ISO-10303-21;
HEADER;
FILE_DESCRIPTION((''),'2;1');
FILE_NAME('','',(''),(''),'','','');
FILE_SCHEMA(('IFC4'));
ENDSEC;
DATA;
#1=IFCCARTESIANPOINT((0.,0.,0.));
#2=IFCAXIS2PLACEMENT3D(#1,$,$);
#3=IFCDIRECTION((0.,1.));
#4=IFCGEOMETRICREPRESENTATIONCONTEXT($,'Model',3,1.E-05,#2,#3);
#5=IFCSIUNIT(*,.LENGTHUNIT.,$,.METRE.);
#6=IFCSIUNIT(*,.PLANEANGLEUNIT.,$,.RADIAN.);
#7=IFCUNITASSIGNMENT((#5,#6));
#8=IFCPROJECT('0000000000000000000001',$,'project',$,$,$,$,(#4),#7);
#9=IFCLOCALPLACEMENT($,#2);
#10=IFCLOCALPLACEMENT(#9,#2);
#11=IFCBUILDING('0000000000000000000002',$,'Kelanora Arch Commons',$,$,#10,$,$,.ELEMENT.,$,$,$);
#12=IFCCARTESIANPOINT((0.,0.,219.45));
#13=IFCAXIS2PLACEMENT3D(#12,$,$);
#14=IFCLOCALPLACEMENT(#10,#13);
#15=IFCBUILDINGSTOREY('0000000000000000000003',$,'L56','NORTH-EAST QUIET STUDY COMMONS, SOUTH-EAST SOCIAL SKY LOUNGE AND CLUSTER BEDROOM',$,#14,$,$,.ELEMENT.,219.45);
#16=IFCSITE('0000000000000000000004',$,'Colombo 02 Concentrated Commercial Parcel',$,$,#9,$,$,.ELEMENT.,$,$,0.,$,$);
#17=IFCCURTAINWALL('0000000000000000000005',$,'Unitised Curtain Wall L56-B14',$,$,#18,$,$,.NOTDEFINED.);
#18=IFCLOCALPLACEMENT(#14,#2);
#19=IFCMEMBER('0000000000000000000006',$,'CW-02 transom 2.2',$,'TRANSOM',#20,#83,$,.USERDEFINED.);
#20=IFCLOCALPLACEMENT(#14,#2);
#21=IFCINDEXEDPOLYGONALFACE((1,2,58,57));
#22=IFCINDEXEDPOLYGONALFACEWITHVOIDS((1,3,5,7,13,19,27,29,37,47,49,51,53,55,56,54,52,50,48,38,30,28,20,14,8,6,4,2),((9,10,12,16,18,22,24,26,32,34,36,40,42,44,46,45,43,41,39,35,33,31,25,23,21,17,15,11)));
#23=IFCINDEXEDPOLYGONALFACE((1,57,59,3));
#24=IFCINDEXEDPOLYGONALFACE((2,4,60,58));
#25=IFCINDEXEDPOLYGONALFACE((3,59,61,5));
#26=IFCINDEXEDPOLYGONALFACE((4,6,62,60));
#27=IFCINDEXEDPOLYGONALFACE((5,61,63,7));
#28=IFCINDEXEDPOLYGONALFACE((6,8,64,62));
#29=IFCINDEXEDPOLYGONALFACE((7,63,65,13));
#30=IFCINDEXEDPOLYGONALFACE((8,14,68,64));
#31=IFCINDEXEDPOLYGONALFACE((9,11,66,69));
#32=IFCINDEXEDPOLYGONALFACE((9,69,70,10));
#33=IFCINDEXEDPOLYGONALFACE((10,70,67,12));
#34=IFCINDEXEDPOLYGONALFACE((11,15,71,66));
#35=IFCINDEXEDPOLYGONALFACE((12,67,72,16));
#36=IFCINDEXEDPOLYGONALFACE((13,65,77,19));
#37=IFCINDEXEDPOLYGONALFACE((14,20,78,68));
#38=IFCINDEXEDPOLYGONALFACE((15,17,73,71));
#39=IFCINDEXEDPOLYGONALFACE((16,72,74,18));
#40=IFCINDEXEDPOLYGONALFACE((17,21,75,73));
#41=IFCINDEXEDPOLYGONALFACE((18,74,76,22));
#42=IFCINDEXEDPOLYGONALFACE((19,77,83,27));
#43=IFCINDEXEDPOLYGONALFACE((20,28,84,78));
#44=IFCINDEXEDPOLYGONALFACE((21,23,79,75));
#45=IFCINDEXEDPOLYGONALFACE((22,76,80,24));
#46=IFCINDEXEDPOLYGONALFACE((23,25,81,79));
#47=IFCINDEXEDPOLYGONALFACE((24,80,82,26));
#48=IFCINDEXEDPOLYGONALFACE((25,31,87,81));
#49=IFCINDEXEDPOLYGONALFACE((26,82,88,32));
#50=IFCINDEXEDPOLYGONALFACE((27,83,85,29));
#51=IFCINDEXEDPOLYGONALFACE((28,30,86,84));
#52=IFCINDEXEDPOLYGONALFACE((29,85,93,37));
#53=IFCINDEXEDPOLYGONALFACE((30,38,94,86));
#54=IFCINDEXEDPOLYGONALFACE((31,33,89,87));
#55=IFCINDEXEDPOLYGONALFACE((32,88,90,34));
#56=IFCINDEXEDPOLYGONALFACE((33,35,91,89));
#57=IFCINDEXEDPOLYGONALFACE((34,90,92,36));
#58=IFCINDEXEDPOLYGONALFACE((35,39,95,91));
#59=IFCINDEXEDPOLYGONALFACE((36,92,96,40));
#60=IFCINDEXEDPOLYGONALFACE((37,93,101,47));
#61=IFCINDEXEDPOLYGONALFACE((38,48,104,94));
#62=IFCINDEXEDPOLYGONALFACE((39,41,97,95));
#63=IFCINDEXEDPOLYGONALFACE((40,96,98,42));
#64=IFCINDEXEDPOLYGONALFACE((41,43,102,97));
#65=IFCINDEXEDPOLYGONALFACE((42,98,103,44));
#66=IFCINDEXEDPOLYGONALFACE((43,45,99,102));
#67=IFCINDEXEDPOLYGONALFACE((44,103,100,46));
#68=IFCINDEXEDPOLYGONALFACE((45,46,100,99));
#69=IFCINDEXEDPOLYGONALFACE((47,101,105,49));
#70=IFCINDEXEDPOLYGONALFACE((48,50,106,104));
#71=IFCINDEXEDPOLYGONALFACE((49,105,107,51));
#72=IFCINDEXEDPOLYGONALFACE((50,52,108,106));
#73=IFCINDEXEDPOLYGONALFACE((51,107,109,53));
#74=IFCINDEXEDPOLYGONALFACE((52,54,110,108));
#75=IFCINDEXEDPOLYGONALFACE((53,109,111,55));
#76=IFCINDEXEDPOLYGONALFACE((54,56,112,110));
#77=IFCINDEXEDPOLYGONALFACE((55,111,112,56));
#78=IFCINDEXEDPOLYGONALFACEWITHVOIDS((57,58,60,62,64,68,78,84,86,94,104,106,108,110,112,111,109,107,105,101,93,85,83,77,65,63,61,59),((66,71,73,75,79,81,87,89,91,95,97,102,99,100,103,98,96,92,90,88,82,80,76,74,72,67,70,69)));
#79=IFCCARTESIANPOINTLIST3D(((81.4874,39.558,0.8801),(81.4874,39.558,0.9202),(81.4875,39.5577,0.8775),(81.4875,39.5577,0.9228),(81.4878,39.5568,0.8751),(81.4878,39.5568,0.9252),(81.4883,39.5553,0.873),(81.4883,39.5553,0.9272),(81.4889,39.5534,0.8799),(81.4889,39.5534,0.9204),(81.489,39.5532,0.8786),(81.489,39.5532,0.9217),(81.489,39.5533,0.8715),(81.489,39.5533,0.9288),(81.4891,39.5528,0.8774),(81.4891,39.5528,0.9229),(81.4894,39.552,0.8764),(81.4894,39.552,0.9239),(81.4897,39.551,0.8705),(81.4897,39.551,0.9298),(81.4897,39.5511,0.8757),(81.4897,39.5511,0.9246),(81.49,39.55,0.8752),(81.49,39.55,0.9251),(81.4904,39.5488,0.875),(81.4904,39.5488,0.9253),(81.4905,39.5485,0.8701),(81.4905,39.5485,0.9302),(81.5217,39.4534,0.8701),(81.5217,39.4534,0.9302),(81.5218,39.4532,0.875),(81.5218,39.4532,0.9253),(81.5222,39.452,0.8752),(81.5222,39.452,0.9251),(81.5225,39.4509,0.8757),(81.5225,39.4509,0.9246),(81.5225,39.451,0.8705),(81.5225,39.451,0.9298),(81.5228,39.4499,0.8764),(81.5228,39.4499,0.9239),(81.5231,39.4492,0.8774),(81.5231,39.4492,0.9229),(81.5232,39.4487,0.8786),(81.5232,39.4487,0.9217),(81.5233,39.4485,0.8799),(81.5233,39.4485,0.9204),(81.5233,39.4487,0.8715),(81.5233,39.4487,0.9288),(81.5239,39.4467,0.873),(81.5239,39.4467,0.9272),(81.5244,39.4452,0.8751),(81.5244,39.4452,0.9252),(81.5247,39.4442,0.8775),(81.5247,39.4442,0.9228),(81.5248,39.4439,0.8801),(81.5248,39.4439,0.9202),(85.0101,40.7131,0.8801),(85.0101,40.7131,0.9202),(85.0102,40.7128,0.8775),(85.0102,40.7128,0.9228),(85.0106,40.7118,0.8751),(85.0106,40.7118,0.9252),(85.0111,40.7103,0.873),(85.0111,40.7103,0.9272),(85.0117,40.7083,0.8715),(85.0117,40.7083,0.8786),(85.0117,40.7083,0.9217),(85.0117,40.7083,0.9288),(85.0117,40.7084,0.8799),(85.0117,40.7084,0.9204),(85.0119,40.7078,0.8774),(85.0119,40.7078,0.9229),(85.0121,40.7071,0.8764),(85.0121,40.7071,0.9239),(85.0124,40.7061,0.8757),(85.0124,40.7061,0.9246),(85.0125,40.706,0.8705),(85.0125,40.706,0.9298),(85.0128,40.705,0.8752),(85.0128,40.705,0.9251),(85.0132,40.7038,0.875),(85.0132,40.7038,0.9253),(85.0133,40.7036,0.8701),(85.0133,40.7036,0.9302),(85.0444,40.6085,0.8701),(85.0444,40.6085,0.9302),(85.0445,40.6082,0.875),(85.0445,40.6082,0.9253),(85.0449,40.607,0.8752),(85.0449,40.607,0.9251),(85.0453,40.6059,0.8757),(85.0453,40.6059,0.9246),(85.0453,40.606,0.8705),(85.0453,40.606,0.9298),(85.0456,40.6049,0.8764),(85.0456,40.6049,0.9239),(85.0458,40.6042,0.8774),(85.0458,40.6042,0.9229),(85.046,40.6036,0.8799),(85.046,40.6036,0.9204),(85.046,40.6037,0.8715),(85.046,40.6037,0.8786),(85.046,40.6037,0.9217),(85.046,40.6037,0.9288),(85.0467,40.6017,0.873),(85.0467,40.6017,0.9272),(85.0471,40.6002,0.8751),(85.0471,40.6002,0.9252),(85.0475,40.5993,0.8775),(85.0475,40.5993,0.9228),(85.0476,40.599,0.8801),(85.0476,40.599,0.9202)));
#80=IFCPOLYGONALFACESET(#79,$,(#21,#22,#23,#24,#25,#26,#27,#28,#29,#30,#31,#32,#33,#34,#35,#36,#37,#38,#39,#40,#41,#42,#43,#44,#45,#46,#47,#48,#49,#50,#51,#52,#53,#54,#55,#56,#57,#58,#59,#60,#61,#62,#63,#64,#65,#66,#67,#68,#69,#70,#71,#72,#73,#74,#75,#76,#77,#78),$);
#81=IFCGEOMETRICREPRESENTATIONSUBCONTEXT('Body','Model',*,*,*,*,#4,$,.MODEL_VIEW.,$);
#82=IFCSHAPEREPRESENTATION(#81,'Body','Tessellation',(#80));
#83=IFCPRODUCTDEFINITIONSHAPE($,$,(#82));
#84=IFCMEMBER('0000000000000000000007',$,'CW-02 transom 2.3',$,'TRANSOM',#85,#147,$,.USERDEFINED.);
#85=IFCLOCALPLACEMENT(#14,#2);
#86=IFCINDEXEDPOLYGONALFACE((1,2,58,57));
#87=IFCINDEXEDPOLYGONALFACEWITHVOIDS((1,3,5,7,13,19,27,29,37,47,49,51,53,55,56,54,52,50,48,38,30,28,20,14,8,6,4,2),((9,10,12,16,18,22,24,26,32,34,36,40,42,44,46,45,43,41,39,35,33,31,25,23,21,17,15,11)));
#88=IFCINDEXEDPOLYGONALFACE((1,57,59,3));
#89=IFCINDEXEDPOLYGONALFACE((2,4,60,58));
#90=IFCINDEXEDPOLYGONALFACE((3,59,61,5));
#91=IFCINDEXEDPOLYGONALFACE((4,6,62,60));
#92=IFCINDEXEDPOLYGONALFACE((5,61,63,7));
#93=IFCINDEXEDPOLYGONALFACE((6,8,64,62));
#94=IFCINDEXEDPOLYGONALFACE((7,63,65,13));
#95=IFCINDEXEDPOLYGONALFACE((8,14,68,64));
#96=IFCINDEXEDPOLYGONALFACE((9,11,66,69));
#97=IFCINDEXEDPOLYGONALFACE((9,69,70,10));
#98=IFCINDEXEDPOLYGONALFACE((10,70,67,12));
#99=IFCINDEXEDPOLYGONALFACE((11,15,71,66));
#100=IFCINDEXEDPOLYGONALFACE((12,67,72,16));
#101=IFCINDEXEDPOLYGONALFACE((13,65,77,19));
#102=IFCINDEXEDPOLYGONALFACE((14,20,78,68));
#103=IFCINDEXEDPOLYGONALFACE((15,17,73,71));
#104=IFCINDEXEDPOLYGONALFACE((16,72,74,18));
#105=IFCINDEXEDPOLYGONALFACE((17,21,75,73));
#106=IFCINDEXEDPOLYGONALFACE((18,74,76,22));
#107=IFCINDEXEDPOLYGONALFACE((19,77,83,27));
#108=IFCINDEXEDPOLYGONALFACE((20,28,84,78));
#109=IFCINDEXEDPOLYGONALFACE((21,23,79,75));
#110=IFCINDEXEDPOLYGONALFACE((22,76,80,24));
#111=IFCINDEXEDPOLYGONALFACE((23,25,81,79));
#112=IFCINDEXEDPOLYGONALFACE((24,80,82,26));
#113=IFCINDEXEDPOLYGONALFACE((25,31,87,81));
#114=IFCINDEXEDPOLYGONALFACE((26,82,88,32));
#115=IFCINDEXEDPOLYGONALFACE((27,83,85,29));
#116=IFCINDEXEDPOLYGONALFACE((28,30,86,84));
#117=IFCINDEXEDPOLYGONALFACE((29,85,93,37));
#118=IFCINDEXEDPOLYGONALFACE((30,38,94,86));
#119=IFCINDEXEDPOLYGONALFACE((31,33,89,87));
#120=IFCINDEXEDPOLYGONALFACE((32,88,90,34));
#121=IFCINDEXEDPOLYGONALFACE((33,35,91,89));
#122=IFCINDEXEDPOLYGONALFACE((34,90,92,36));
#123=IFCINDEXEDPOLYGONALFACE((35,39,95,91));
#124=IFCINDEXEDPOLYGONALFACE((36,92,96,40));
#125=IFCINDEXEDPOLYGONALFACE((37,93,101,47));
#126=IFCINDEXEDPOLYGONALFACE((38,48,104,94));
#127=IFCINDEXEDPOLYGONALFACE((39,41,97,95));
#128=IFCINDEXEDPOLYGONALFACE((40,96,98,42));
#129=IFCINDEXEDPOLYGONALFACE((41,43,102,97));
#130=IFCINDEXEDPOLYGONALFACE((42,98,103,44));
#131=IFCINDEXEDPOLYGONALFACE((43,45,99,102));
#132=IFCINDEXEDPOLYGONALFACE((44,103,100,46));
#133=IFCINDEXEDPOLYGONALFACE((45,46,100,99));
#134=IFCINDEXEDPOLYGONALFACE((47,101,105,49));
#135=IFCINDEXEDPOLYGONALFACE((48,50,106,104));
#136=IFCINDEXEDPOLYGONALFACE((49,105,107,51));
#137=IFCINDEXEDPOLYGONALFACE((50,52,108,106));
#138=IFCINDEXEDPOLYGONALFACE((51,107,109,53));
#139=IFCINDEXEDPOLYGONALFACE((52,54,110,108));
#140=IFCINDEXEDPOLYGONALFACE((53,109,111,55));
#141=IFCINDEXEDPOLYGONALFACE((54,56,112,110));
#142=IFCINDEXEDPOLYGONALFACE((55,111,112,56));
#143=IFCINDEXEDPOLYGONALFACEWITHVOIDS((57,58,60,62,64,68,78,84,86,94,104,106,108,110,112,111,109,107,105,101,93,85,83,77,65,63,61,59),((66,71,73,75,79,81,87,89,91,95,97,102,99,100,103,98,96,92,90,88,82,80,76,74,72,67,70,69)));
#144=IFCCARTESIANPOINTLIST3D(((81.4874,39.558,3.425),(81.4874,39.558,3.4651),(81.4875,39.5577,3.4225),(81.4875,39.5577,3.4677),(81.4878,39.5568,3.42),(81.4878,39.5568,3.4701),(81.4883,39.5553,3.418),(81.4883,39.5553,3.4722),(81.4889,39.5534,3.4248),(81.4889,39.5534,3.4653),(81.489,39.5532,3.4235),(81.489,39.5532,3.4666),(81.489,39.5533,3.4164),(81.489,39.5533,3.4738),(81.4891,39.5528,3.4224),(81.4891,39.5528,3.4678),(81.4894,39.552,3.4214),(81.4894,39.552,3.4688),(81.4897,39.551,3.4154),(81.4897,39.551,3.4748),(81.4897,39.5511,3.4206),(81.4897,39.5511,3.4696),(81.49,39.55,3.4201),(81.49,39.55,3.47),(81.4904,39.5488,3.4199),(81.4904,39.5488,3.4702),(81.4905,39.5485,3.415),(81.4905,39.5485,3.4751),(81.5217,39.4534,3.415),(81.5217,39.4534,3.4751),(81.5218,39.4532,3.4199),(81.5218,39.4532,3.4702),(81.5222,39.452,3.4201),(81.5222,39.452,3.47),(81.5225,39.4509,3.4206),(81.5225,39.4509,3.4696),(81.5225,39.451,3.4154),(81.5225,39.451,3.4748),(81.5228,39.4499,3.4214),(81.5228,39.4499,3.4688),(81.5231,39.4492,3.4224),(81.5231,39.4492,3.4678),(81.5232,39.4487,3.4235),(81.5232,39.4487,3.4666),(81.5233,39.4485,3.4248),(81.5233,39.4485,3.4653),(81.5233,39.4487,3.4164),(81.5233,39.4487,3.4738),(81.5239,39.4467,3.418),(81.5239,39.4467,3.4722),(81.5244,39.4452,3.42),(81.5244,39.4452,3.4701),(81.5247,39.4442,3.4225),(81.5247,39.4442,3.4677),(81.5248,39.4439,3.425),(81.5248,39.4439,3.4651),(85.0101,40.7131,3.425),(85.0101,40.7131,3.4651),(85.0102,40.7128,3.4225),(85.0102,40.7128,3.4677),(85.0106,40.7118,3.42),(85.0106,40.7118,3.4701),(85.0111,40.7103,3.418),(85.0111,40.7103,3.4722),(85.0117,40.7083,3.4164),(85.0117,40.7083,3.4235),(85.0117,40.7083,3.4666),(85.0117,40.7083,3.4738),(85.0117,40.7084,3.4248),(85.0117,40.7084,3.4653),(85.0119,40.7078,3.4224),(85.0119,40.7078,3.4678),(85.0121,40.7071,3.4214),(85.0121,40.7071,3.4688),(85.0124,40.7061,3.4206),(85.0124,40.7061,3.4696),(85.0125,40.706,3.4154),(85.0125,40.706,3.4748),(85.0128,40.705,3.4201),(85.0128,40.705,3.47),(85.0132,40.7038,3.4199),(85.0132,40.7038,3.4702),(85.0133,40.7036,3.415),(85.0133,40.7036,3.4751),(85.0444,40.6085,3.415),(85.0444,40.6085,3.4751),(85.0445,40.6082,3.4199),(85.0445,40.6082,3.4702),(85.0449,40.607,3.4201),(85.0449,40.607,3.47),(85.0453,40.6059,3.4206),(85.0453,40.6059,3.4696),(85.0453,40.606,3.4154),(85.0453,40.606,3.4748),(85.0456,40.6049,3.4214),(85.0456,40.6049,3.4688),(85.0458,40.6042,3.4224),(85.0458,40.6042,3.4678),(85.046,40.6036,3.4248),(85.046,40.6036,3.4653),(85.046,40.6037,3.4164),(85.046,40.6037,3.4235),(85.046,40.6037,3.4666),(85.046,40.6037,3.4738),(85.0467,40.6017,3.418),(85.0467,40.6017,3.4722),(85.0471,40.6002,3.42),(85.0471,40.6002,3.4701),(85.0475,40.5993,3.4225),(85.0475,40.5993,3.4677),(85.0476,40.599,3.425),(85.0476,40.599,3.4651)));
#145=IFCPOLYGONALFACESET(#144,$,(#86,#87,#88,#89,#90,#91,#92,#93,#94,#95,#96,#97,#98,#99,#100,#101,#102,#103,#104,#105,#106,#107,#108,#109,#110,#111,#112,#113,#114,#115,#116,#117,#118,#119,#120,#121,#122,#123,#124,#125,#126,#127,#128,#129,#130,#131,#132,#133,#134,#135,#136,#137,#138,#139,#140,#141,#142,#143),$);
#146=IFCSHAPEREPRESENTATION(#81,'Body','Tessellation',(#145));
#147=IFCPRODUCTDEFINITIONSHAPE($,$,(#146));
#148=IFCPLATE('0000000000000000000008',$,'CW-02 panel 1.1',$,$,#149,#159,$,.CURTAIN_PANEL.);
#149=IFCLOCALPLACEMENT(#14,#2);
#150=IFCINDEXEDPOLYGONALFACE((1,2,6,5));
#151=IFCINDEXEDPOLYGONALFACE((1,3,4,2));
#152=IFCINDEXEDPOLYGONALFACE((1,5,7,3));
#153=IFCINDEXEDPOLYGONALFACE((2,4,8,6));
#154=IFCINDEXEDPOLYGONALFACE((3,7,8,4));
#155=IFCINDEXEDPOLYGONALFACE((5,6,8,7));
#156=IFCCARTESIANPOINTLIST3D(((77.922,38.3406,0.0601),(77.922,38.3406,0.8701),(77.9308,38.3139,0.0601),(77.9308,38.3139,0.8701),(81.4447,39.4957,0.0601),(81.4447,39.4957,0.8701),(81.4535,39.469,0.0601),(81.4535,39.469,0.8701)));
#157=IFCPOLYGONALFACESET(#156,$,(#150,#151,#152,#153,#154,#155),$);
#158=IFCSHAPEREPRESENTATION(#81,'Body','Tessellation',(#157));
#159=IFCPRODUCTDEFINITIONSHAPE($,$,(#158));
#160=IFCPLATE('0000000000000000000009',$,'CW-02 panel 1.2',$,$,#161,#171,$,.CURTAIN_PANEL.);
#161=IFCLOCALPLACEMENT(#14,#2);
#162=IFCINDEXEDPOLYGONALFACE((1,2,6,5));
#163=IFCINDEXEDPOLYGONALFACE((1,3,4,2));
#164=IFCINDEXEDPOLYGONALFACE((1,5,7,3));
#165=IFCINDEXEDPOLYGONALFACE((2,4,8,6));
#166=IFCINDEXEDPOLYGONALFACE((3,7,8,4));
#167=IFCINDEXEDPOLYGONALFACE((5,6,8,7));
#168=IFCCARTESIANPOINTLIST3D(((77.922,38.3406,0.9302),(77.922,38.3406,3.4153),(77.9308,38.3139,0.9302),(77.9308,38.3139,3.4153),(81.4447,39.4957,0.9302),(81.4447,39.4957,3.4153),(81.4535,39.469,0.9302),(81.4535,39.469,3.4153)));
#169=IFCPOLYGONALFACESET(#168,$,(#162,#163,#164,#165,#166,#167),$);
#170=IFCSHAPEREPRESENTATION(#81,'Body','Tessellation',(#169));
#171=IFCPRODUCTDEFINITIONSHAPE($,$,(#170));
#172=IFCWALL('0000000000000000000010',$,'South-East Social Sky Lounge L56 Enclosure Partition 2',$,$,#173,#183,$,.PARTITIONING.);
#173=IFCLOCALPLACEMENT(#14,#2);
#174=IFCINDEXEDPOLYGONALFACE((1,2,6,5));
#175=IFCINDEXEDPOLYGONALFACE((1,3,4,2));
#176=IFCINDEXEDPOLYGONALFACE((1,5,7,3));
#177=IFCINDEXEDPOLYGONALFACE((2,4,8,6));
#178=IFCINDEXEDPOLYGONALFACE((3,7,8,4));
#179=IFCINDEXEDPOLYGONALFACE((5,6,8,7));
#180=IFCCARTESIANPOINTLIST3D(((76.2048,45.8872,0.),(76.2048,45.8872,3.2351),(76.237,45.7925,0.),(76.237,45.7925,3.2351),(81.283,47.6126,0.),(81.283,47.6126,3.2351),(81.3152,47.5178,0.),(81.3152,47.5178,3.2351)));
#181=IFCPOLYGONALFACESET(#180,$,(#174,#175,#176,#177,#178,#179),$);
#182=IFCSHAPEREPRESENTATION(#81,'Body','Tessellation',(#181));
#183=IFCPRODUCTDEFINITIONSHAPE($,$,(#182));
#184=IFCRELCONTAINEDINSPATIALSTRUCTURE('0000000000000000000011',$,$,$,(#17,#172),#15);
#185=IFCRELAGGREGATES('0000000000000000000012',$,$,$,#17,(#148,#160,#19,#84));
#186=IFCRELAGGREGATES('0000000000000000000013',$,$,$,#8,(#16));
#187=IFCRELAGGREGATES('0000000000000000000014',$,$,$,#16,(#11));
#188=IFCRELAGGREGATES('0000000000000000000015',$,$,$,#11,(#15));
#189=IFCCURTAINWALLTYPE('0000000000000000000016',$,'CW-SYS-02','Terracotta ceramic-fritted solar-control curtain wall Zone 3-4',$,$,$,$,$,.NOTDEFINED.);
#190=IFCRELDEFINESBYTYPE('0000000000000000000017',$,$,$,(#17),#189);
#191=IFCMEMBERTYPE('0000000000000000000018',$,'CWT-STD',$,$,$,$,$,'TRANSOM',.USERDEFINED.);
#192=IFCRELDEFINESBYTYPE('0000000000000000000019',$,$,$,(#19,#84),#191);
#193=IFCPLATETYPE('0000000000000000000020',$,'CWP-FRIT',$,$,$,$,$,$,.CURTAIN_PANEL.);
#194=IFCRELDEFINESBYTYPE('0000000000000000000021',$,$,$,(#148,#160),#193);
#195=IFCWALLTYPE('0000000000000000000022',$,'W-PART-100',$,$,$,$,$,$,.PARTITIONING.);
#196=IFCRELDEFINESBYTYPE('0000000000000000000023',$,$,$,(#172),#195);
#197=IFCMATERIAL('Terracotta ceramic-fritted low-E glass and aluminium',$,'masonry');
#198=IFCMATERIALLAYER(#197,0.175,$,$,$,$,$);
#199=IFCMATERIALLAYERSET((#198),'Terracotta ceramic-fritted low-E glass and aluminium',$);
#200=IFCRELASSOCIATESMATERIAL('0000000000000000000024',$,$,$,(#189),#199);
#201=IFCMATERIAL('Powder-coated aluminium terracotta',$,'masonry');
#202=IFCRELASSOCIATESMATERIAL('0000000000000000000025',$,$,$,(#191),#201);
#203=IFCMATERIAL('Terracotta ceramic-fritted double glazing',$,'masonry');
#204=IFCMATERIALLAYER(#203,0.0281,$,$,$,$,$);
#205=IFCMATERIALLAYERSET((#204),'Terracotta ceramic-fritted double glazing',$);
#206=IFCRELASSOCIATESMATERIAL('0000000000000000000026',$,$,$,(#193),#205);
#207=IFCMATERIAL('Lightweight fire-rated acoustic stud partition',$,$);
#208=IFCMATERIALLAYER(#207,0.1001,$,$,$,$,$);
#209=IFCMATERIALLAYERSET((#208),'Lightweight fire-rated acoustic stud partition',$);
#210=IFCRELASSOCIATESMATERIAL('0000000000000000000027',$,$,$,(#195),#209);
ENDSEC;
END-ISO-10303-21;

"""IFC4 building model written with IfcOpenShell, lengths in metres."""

from ifc_helpers import new_model, si_unit, direction, frame, frame_2d, origin, origin_2d, place, context, subcontext, project, spatial, rectangle, hollow_rectangle, extrude, source, transform, mapped, material, layer, layer_set, material_profile, profile_set, type_object, element, aggregate, save


model = new_model("IFC4")

# Units and contexts
model_context = context("Model", 3, precision=1e-05, world=origin(), true_north=direction((0.0, 1.0)))
body_context = subcontext(model_context, "Body", "Model", "MODEL_VIEW")
ifc_project = project(units=[si_unit("LENGTHUNIT", "METRE"), si_unit("PLANEANGLEUNIT", "RADIAN")], contexts=[model_context])

# Site, building, storey
site_placement = place(None, origin())
site = spatial("IfcSite", under=ifc_project, at=site_placement, Name="Colombo 02 Concentrated Commercial Parcel", CompositionType="ELEMENT", RefElevation=0.0)
building_placement = place(site_placement, origin())
building = spatial("IfcBuilding", under=site, at=building_placement, Name="Kelanora Arch Commons", CompositionType="ELEMENT")
storey_placement = place(building_placement, frame((0.0, 0.0, 219.45)))
storey = spatial("IfcBuildingStorey", under=building, at=storey_placement, Name="L56", Description="NORTH-EAST QUIET STUDY COMMONS, SOUTH-EAST SOCIAL SKY LOUNGE AND CLUSTER BEDROOM", CompositionType="ELEMENT", Elevation=219.45)

# Curtain wall, members, plates
ifc_material_1 = material(Name="Terracotta ceramic-fritted low-E glass and aluminium", Category="masonry")
ifc_layer_1 = layer(ifc_material_1, 0.175)
ifc_layer_set_1 = layer_set([ifc_layer_1], Name="Terracotta ceramic-fritted low-E glass and aluminium")
curtain_wall_type = type_object("IfcCurtainWallType", Name="CW-SYS-02", Description="Terracotta ceramic-fritted solar-control curtain wall Zone 3-4", PredefinedType="NOTDEFINED", material=ifc_layer_set_1)
curtain_wall_placement = place(storey_placement, origin())
curtain_wall = element("IfcCurtainWall", 1, at=curtain_wall_placement, inside=storey, type_object=curtain_wall_type, Name="Unitised Curtain Wall L56-B14", PredefinedType="NOTDEFINED")
ifc_material_2 = material(Name="Powder-coated aluminium terracotta", Category="masonry")
ifc_material_profile_1 = material_profile(ifc_material_2, hollow_rectangle(XDim=0.1201, YDim=0.0601, WallThickness=0.0049, InnerFilletRadius=0.0049, OuterFilletRadius=0.01, at=origin_2d()), Name="CWT120x60")
ifc_profile_set_1 = profile_set([ifc_material_profile_1], Name="Powder-coated aluminium terracotta")
member_type_1 = type_object("IfcMemberType", Name="CWT-STD", ElementType="TRANSOM", PredefinedType="USERDEFINED", material=ifc_profile_set_1)
member_1_placement = place(storey_placement, frame((81.5061, 39.501, 0.9001), z_axis=(0.950226, 0.311561, 0.0), x_axis=(-0.311561, 0.950226, 0.0)))
member_1 = element("IfcMember", 2, at=member_1_placement, type_object=member_type_1, Name="CW-02 transom 2.2", ObjectType="TRANSOM", PredefinedType="USERDEFINED", context=body_context, shape_type="SweptSolid", body=[
    extrude(hollow_rectangle(XDim=0.1201, YDim=0.0601, WallThickness=0.0049, InnerFilletRadius=0.0049, OuterFilletRadius=0.01, at=origin_2d()), origin(), (0.0, 0.0, 1.0), 3.7073),
])
member_2_placement = place(storey_placement, frame((81.5061, 39.501, 3.4451), z_axis=(0.950226, 0.311561, 0.0), x_axis=(-0.311561, 0.950226, 0.0)))
member_2 = element("IfcMember", 3, at=member_2_placement, type_object=member_type_1, Name="CW-02 transom 2.3", ObjectType="TRANSOM", PredefinedType="USERDEFINED", context=body_context, shape_type="SweptSolid", body=[
    extrude(hollow_rectangle(XDim=0.1201, YDim=0.0601, WallThickness=0.0049, InnerFilletRadius=0.0049, OuterFilletRadius=0.01, at=origin_2d()), origin(), (0.0, 0.0, 1.0), 3.7073),
])
ifc_material_3 = material(Name="Terracotta ceramic-fritted double glazing", Category="masonry")
ifc_layer_2 = layer(ifc_material_3, 0.0281)
ifc_layer_set_2 = layer_set([ifc_layer_2], Name="Terracotta ceramic-fritted double glazing")
plate_type = type_object("IfcPlateType", Name="CWP-FRIT", PredefinedType="CURTAIN_PANEL", material=ifc_layer_set_2)
shared_shape_1 = source(origin(), body_context, "Body", "SweptSolid", [
    extrude(rectangle(XDim=3.7073, YDim=0.0281, at=origin_2d()), origin(), (0.0, 0.0, 1.0), 0.8101),
])
plate_1_placement = place(storey_placement, frame((79.6877, 38.9048, 0.0601), z_axis=(0.0, 0.0, 1.0), x_axis=(0.950219, 0.311582, 0.0)))
plate_1 = element("IfcPlate", 4, at=plate_1_placement, type_object=plate_type, Name="CW-02 panel 1.1", PredefinedType="CURTAIN_PANEL", context=body_context, shape_type="MappedRepresentation", body=[
    mapped(shared_shape_1, transform((0.0, 0.0, 0.0), scale=1.0)),
])
shared_shape_2 = source(origin(), body_context, "Body", "SweptSolid", [
    extrude(rectangle(XDim=3.7073, YDim=0.0281, at=origin_2d()), origin(), (0.0, 0.0, 1.0), 2.4851),
])
plate_2_placement = place(storey_placement, frame((79.6877, 38.9048, 0.9302), z_axis=(0.0, 0.0, 1.0), x_axis=(0.950219, 0.311582, 0.0)))
plate_2 = element("IfcPlate", 5, at=plate_2_placement, type_object=plate_type, Name="CW-02 panel 1.2", PredefinedType="CURTAIN_PANEL", context=body_context, shape_type="MappedRepresentation", body=[
    mapped(shared_shape_2, transform((0.0, 0.0, 0.0), scale=1.0)),
])
aggregate(curtain_wall, [plate_1, plate_2, member_1, member_2])

# Wall
ifc_material_4 = material(Name="Lightweight fire-rated acoustic stud partition")
ifc_layer_3 = layer(ifc_material_4, 0.1001)
ifc_layer_set_3 = layer_set([ifc_layer_3], Name="Lightweight fire-rated acoustic stud partition")
wall_type_1 = type_object("IfcWallType", Name="W-PART-100", PredefinedType="PARTITIONING", material=ifc_layer_set_3)
wall_1_placement = place(storey_placement, frame((76.2209, 45.8398, 0.0), z_axis=(0.0, 0.0, 1.0), x_axis=(0.946842, 0.321699, 0.0)))
element("IfcWall", 6, at=wall_1_placement, inside=storey, type_object=wall_type_1, Name="South-East Social Sky Lounge L56 Enclosure Partition 2", PredefinedType="PARTITIONING", context=body_context, shape_type="SweptSolid", body=[
    extrude(rectangle(XDim=5.3633, YDim=0.1001, at=frame_2d((2.6816, 0.0))), origin(), (0.0, 0.0, 1.0), 3.2351),
])

save(model, "model.ifc")
